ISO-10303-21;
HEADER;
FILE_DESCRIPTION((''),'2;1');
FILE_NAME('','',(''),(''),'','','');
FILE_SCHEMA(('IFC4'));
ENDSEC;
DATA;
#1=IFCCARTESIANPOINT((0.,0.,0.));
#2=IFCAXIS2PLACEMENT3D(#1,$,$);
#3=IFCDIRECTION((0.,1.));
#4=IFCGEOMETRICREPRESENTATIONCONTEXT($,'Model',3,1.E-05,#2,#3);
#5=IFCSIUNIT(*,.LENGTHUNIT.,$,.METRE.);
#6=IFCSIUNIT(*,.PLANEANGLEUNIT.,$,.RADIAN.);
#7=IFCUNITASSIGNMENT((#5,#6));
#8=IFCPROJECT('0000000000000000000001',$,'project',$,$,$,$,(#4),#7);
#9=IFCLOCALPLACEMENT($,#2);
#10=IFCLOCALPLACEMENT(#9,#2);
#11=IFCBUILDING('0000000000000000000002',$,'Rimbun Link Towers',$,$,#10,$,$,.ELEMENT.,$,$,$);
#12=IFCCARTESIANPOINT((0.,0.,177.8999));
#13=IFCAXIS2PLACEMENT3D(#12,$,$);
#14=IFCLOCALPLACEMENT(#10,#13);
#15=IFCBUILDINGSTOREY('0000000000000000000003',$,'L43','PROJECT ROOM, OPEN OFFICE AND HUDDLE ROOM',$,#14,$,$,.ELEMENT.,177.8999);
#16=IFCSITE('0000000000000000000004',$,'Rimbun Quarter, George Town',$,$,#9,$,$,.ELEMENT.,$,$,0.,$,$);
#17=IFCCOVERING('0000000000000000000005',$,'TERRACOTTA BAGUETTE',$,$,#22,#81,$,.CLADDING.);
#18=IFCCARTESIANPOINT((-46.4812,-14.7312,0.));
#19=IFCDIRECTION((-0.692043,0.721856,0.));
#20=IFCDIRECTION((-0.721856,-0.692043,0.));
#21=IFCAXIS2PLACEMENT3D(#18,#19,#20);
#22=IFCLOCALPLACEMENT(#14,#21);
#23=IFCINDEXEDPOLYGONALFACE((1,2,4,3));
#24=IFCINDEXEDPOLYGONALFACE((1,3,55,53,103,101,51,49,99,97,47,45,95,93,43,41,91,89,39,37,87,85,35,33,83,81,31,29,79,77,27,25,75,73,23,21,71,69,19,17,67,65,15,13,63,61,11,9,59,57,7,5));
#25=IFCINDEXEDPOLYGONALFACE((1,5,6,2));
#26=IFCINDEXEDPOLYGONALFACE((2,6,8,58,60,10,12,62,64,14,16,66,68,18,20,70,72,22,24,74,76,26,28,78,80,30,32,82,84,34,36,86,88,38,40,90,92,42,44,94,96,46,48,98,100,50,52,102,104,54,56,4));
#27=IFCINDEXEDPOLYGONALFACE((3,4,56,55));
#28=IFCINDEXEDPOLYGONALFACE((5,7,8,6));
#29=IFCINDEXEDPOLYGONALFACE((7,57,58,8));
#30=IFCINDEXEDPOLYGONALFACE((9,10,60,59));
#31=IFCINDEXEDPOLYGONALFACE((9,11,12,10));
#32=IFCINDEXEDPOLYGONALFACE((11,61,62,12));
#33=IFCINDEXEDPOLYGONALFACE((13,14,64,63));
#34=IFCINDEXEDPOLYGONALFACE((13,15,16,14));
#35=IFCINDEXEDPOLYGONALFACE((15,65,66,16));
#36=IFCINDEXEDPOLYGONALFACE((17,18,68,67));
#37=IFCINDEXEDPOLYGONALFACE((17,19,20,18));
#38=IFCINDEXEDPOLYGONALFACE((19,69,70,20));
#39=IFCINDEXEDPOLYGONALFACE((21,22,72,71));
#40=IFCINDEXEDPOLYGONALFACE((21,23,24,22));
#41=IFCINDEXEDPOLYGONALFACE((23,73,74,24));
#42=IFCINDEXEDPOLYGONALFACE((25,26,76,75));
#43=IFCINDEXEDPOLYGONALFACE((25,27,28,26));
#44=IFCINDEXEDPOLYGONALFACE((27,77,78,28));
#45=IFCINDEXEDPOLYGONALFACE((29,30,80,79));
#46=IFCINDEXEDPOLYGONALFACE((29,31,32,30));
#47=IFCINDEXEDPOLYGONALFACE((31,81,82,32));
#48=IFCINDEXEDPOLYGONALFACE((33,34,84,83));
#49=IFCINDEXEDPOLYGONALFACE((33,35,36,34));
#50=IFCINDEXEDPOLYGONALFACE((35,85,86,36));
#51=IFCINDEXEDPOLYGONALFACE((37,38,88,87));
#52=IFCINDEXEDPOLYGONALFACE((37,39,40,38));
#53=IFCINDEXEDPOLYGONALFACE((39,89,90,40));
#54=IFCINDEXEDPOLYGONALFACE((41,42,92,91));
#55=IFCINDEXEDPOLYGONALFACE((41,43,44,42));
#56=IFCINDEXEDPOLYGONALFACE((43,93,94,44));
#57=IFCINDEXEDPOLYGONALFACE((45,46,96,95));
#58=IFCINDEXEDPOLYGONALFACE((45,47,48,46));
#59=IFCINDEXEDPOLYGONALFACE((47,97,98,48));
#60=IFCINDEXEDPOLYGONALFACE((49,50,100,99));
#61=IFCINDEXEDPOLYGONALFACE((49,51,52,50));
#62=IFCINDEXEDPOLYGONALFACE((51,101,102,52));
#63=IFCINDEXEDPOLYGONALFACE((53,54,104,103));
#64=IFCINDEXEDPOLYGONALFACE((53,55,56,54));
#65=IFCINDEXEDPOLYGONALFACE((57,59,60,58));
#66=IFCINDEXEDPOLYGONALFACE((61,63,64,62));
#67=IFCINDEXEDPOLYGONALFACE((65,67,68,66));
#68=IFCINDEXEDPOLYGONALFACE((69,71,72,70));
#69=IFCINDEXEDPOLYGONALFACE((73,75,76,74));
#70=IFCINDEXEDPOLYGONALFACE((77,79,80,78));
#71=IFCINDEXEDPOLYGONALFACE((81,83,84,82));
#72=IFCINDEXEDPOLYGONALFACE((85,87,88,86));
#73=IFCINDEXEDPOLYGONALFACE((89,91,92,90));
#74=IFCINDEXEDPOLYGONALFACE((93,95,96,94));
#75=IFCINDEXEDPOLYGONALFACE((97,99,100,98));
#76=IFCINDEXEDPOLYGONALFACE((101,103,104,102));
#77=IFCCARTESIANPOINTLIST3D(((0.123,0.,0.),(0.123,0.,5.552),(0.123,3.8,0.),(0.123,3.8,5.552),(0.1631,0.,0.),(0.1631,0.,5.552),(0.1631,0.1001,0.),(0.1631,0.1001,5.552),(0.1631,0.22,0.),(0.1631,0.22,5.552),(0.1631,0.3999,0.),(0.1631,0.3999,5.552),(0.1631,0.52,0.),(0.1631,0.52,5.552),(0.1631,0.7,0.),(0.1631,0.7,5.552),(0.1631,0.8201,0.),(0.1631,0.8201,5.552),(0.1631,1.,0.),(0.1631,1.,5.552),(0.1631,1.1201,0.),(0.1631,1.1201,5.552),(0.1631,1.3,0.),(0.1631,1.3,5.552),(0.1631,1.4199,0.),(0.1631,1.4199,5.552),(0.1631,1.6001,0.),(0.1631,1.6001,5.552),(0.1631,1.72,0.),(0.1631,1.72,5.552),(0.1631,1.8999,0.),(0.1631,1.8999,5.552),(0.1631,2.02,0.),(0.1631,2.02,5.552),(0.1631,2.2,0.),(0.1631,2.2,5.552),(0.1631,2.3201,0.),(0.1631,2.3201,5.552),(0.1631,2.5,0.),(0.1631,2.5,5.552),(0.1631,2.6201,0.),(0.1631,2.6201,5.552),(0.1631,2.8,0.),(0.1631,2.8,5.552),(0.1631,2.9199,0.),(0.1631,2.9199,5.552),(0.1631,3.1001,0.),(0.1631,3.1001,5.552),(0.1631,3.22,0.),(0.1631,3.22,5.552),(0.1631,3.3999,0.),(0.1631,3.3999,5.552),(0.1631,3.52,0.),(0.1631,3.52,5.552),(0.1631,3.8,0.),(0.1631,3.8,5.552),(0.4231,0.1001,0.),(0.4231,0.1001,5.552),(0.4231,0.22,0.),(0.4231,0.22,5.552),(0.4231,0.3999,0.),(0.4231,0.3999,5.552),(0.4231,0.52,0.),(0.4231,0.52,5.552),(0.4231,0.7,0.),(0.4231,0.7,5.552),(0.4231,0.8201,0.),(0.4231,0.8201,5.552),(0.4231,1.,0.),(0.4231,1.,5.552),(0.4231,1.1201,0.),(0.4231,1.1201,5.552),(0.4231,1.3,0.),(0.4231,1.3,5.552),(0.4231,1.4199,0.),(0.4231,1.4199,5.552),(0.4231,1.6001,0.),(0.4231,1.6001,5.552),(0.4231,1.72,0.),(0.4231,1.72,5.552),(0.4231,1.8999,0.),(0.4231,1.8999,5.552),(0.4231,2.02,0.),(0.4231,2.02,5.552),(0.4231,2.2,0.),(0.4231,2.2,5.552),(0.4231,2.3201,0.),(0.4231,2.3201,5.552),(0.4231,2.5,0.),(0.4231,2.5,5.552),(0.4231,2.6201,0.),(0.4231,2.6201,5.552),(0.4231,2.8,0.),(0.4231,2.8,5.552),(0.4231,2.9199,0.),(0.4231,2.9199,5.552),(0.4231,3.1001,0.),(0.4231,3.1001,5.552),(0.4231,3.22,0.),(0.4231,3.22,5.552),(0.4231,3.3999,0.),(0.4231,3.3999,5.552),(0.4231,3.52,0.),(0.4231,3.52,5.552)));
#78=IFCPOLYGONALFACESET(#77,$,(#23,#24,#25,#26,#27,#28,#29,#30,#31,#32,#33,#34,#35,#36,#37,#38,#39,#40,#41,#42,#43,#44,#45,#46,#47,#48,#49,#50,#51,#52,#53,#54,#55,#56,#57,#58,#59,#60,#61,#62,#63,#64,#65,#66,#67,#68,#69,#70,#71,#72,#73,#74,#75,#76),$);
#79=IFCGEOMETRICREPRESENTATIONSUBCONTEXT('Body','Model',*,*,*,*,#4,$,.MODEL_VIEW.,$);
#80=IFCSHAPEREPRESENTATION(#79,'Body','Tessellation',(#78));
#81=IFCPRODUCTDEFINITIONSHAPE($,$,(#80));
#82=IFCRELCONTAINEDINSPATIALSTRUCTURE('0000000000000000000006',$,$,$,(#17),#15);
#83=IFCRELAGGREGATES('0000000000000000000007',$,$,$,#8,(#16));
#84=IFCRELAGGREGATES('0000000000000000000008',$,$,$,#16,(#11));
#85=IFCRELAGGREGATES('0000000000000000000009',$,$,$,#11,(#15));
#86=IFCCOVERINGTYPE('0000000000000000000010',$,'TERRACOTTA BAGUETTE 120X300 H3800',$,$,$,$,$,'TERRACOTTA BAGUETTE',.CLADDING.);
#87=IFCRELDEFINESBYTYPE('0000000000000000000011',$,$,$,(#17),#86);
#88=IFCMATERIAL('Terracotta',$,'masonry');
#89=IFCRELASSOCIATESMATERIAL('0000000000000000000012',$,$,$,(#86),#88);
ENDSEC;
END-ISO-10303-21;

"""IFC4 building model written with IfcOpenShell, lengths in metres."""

from ifc_helpers import new_model, si_unit, direction, frame, origin, place, context, subcontext, project, spatial, polyline, outline, extrude, material, material_profile, profile_set, type_object, element, save


model = new_model("IFC4")

# Units and contexts
model_context = context("Model", 3, precision=1e-05, world=origin(), true_north=direction((0.0, 1.0)))
body_context = subcontext(model_context, "Body", "Model", "MODEL_VIEW")
ifc_project = project(units=[si_unit("LENGTHUNIT", "METRE"), si_unit("PLANEANGLEUNIT", "RADIAN")], contexts=[model_context])

# Site, building, storey
site_placement = place(None, origin())
site = spatial("IfcSite", under=ifc_project, at=site_placement, Name="Rimbun Quarter, George Town", CompositionType="ELEMENT", RefElevation=0.0)
building_placement = place(site_placement, origin())
building = spatial("IfcBuilding", under=site, at=building_placement, Name="Rimbun Link Towers", CompositionType="ELEMENT")
storey_placement = place(building_placement, frame((0.0, 0.0, 177.8999)))
storey = spatial("IfcBuildingStorey", under=building, at=storey_placement, Name="L43", Description="PROJECT ROOM, OPEN OFFICE AND HUDDLE ROOM", CompositionType="ELEMENT", Elevation=177.8999)

# Covering
ifc_material_1 = material(Name="Terracotta", Category="masonry")
ifc_material_profile_1 = material_profile(ifc_material_1, outline(polyline([(0.123, 0.0), (0.1631, 0.0), (0.1631, 0.1001), (0.4231, 0.1001), (0.4231, 0.22), (0.1631, 0.22), (0.1631, 0.3999), (0.4231, 0.3999), (0.4231, 0.52), (0.1631, 0.52), (0.1631, 0.7), (0.4231, 0.7), (0.4231, 0.8201), (0.1631, 0.8201), (0.1631, 1.0), (0.4231, 1.0), (0.4231, 1.1201), (0.1631, 1.1201), (0.1631, 1.3), (0.4231, 1.3), (0.4231, 1.4199), (0.1631, 1.4199), (0.1631, 1.6001), (0.4231, 1.6001), (0.4231, 1.72), (0.1631, 1.72), (0.1631, 1.8999), (0.4231, 1.8999), (0.4231, 2.02), (0.1631, 2.02), (0.1631, 2.2), (0.4231, 2.2), (0.4231, 2.3201), (0.1631, 2.3201), (0.1631, 2.5), (0.4231, 2.5), (0.4231, 2.6201), (0.1631, 2.6201), (0.1631, 2.8), (0.4231, 2.8), (0.4231, 2.9199), (0.1631, 2.9199), (0.1631, 3.1001), (0.4231, 3.1001), (0.4231, 3.22), (0.1631, 3.22), (0.1631, 3.3999), (0.4231, 3.3999), (0.4231, 3.52), (0.1631, 3.52), (0.1631, 3.8), (0.123, 3.8), (0.123, 0.0)])), Name="BAGUETTE 120X300")
ifc_profile_set_1 = profile_set([ifc_material_profile_1], Name="Terracotta")
covering_type = type_object("IfcCoveringType", Name="TERRACOTTA BAGUETTE 120X300 H3800", ElementType="TERRACOTTA BAGUETTE", PredefinedType="CLADDING", material=ifc_profile_set_1)
covering_1_placement = place(storey_placement, frame((-46.4812, -14.7312, 0.0), z_axis=(-0.692043, 0.721856, 0.0), x_axis=(-0.721856, -0.692043, 0.0)))
element("IfcCovering", 1, at=covering_1_placement, inside=storey, type_object=covering_type, Name="TERRACOTTA BAGUETTE", PredefinedType="CLADDING", context=body_context, shape_type="SweptSolid", body=[
    extrude(outline(polyline([(0.123, 0.0), (0.1631, 0.0), (0.1631, 0.1001), (0.4231, 0.1001), (0.4231, 0.22), (0.1631, 0.22), (0.1631, 0.3999), (0.4231, 0.3999), (0.4231, 0.52), (0.1631, 0.52), (0.1631, 0.7), (0.4231, 0.7), (0.4231, 0.8201), (0.1631, 0.8201), (0.1631, 1.0), (0.4231, 1.0), (0.4231, 1.1201), (0.1631, 1.1201), (0.1631, 1.3), (0.4231, 1.3), (0.4231, 1.4199), (0.1631, 1.4199), (0.1631, 1.6001), (0.4231, 1.6001), (0.4231, 1.72), (0.1631, 1.72), (0.1631, 1.8999), (0.4231, 1.8999), (0.4231, 2.02), (0.1631, 2.02), (0.1631, 2.2), (0.4231, 2.2), (0.4231, 2.3201), (0.1631, 2.3201), (0.1631, 2.5), (0.4231, 2.5), (0.4231, 2.6201), (0.1631, 2.6201), (0.1631, 2.8), (0.4231, 2.8), (0.4231, 2.9199), (0.1631, 2.9199), (0.1631, 3.1001), (0.4231, 3.1001), (0.4231, 3.22), (0.1631, 3.22), (0.1631, 3.3999), (0.4231, 3.3999), (0.4231, 3.52), (0.1631, 3.52), (0.1631, 3.8), (0.123, 3.8), (0.123, 0.0)])), origin(), (0.0, 0.0, 1.0), 5.552),
])

save(model, "model.ifc")
